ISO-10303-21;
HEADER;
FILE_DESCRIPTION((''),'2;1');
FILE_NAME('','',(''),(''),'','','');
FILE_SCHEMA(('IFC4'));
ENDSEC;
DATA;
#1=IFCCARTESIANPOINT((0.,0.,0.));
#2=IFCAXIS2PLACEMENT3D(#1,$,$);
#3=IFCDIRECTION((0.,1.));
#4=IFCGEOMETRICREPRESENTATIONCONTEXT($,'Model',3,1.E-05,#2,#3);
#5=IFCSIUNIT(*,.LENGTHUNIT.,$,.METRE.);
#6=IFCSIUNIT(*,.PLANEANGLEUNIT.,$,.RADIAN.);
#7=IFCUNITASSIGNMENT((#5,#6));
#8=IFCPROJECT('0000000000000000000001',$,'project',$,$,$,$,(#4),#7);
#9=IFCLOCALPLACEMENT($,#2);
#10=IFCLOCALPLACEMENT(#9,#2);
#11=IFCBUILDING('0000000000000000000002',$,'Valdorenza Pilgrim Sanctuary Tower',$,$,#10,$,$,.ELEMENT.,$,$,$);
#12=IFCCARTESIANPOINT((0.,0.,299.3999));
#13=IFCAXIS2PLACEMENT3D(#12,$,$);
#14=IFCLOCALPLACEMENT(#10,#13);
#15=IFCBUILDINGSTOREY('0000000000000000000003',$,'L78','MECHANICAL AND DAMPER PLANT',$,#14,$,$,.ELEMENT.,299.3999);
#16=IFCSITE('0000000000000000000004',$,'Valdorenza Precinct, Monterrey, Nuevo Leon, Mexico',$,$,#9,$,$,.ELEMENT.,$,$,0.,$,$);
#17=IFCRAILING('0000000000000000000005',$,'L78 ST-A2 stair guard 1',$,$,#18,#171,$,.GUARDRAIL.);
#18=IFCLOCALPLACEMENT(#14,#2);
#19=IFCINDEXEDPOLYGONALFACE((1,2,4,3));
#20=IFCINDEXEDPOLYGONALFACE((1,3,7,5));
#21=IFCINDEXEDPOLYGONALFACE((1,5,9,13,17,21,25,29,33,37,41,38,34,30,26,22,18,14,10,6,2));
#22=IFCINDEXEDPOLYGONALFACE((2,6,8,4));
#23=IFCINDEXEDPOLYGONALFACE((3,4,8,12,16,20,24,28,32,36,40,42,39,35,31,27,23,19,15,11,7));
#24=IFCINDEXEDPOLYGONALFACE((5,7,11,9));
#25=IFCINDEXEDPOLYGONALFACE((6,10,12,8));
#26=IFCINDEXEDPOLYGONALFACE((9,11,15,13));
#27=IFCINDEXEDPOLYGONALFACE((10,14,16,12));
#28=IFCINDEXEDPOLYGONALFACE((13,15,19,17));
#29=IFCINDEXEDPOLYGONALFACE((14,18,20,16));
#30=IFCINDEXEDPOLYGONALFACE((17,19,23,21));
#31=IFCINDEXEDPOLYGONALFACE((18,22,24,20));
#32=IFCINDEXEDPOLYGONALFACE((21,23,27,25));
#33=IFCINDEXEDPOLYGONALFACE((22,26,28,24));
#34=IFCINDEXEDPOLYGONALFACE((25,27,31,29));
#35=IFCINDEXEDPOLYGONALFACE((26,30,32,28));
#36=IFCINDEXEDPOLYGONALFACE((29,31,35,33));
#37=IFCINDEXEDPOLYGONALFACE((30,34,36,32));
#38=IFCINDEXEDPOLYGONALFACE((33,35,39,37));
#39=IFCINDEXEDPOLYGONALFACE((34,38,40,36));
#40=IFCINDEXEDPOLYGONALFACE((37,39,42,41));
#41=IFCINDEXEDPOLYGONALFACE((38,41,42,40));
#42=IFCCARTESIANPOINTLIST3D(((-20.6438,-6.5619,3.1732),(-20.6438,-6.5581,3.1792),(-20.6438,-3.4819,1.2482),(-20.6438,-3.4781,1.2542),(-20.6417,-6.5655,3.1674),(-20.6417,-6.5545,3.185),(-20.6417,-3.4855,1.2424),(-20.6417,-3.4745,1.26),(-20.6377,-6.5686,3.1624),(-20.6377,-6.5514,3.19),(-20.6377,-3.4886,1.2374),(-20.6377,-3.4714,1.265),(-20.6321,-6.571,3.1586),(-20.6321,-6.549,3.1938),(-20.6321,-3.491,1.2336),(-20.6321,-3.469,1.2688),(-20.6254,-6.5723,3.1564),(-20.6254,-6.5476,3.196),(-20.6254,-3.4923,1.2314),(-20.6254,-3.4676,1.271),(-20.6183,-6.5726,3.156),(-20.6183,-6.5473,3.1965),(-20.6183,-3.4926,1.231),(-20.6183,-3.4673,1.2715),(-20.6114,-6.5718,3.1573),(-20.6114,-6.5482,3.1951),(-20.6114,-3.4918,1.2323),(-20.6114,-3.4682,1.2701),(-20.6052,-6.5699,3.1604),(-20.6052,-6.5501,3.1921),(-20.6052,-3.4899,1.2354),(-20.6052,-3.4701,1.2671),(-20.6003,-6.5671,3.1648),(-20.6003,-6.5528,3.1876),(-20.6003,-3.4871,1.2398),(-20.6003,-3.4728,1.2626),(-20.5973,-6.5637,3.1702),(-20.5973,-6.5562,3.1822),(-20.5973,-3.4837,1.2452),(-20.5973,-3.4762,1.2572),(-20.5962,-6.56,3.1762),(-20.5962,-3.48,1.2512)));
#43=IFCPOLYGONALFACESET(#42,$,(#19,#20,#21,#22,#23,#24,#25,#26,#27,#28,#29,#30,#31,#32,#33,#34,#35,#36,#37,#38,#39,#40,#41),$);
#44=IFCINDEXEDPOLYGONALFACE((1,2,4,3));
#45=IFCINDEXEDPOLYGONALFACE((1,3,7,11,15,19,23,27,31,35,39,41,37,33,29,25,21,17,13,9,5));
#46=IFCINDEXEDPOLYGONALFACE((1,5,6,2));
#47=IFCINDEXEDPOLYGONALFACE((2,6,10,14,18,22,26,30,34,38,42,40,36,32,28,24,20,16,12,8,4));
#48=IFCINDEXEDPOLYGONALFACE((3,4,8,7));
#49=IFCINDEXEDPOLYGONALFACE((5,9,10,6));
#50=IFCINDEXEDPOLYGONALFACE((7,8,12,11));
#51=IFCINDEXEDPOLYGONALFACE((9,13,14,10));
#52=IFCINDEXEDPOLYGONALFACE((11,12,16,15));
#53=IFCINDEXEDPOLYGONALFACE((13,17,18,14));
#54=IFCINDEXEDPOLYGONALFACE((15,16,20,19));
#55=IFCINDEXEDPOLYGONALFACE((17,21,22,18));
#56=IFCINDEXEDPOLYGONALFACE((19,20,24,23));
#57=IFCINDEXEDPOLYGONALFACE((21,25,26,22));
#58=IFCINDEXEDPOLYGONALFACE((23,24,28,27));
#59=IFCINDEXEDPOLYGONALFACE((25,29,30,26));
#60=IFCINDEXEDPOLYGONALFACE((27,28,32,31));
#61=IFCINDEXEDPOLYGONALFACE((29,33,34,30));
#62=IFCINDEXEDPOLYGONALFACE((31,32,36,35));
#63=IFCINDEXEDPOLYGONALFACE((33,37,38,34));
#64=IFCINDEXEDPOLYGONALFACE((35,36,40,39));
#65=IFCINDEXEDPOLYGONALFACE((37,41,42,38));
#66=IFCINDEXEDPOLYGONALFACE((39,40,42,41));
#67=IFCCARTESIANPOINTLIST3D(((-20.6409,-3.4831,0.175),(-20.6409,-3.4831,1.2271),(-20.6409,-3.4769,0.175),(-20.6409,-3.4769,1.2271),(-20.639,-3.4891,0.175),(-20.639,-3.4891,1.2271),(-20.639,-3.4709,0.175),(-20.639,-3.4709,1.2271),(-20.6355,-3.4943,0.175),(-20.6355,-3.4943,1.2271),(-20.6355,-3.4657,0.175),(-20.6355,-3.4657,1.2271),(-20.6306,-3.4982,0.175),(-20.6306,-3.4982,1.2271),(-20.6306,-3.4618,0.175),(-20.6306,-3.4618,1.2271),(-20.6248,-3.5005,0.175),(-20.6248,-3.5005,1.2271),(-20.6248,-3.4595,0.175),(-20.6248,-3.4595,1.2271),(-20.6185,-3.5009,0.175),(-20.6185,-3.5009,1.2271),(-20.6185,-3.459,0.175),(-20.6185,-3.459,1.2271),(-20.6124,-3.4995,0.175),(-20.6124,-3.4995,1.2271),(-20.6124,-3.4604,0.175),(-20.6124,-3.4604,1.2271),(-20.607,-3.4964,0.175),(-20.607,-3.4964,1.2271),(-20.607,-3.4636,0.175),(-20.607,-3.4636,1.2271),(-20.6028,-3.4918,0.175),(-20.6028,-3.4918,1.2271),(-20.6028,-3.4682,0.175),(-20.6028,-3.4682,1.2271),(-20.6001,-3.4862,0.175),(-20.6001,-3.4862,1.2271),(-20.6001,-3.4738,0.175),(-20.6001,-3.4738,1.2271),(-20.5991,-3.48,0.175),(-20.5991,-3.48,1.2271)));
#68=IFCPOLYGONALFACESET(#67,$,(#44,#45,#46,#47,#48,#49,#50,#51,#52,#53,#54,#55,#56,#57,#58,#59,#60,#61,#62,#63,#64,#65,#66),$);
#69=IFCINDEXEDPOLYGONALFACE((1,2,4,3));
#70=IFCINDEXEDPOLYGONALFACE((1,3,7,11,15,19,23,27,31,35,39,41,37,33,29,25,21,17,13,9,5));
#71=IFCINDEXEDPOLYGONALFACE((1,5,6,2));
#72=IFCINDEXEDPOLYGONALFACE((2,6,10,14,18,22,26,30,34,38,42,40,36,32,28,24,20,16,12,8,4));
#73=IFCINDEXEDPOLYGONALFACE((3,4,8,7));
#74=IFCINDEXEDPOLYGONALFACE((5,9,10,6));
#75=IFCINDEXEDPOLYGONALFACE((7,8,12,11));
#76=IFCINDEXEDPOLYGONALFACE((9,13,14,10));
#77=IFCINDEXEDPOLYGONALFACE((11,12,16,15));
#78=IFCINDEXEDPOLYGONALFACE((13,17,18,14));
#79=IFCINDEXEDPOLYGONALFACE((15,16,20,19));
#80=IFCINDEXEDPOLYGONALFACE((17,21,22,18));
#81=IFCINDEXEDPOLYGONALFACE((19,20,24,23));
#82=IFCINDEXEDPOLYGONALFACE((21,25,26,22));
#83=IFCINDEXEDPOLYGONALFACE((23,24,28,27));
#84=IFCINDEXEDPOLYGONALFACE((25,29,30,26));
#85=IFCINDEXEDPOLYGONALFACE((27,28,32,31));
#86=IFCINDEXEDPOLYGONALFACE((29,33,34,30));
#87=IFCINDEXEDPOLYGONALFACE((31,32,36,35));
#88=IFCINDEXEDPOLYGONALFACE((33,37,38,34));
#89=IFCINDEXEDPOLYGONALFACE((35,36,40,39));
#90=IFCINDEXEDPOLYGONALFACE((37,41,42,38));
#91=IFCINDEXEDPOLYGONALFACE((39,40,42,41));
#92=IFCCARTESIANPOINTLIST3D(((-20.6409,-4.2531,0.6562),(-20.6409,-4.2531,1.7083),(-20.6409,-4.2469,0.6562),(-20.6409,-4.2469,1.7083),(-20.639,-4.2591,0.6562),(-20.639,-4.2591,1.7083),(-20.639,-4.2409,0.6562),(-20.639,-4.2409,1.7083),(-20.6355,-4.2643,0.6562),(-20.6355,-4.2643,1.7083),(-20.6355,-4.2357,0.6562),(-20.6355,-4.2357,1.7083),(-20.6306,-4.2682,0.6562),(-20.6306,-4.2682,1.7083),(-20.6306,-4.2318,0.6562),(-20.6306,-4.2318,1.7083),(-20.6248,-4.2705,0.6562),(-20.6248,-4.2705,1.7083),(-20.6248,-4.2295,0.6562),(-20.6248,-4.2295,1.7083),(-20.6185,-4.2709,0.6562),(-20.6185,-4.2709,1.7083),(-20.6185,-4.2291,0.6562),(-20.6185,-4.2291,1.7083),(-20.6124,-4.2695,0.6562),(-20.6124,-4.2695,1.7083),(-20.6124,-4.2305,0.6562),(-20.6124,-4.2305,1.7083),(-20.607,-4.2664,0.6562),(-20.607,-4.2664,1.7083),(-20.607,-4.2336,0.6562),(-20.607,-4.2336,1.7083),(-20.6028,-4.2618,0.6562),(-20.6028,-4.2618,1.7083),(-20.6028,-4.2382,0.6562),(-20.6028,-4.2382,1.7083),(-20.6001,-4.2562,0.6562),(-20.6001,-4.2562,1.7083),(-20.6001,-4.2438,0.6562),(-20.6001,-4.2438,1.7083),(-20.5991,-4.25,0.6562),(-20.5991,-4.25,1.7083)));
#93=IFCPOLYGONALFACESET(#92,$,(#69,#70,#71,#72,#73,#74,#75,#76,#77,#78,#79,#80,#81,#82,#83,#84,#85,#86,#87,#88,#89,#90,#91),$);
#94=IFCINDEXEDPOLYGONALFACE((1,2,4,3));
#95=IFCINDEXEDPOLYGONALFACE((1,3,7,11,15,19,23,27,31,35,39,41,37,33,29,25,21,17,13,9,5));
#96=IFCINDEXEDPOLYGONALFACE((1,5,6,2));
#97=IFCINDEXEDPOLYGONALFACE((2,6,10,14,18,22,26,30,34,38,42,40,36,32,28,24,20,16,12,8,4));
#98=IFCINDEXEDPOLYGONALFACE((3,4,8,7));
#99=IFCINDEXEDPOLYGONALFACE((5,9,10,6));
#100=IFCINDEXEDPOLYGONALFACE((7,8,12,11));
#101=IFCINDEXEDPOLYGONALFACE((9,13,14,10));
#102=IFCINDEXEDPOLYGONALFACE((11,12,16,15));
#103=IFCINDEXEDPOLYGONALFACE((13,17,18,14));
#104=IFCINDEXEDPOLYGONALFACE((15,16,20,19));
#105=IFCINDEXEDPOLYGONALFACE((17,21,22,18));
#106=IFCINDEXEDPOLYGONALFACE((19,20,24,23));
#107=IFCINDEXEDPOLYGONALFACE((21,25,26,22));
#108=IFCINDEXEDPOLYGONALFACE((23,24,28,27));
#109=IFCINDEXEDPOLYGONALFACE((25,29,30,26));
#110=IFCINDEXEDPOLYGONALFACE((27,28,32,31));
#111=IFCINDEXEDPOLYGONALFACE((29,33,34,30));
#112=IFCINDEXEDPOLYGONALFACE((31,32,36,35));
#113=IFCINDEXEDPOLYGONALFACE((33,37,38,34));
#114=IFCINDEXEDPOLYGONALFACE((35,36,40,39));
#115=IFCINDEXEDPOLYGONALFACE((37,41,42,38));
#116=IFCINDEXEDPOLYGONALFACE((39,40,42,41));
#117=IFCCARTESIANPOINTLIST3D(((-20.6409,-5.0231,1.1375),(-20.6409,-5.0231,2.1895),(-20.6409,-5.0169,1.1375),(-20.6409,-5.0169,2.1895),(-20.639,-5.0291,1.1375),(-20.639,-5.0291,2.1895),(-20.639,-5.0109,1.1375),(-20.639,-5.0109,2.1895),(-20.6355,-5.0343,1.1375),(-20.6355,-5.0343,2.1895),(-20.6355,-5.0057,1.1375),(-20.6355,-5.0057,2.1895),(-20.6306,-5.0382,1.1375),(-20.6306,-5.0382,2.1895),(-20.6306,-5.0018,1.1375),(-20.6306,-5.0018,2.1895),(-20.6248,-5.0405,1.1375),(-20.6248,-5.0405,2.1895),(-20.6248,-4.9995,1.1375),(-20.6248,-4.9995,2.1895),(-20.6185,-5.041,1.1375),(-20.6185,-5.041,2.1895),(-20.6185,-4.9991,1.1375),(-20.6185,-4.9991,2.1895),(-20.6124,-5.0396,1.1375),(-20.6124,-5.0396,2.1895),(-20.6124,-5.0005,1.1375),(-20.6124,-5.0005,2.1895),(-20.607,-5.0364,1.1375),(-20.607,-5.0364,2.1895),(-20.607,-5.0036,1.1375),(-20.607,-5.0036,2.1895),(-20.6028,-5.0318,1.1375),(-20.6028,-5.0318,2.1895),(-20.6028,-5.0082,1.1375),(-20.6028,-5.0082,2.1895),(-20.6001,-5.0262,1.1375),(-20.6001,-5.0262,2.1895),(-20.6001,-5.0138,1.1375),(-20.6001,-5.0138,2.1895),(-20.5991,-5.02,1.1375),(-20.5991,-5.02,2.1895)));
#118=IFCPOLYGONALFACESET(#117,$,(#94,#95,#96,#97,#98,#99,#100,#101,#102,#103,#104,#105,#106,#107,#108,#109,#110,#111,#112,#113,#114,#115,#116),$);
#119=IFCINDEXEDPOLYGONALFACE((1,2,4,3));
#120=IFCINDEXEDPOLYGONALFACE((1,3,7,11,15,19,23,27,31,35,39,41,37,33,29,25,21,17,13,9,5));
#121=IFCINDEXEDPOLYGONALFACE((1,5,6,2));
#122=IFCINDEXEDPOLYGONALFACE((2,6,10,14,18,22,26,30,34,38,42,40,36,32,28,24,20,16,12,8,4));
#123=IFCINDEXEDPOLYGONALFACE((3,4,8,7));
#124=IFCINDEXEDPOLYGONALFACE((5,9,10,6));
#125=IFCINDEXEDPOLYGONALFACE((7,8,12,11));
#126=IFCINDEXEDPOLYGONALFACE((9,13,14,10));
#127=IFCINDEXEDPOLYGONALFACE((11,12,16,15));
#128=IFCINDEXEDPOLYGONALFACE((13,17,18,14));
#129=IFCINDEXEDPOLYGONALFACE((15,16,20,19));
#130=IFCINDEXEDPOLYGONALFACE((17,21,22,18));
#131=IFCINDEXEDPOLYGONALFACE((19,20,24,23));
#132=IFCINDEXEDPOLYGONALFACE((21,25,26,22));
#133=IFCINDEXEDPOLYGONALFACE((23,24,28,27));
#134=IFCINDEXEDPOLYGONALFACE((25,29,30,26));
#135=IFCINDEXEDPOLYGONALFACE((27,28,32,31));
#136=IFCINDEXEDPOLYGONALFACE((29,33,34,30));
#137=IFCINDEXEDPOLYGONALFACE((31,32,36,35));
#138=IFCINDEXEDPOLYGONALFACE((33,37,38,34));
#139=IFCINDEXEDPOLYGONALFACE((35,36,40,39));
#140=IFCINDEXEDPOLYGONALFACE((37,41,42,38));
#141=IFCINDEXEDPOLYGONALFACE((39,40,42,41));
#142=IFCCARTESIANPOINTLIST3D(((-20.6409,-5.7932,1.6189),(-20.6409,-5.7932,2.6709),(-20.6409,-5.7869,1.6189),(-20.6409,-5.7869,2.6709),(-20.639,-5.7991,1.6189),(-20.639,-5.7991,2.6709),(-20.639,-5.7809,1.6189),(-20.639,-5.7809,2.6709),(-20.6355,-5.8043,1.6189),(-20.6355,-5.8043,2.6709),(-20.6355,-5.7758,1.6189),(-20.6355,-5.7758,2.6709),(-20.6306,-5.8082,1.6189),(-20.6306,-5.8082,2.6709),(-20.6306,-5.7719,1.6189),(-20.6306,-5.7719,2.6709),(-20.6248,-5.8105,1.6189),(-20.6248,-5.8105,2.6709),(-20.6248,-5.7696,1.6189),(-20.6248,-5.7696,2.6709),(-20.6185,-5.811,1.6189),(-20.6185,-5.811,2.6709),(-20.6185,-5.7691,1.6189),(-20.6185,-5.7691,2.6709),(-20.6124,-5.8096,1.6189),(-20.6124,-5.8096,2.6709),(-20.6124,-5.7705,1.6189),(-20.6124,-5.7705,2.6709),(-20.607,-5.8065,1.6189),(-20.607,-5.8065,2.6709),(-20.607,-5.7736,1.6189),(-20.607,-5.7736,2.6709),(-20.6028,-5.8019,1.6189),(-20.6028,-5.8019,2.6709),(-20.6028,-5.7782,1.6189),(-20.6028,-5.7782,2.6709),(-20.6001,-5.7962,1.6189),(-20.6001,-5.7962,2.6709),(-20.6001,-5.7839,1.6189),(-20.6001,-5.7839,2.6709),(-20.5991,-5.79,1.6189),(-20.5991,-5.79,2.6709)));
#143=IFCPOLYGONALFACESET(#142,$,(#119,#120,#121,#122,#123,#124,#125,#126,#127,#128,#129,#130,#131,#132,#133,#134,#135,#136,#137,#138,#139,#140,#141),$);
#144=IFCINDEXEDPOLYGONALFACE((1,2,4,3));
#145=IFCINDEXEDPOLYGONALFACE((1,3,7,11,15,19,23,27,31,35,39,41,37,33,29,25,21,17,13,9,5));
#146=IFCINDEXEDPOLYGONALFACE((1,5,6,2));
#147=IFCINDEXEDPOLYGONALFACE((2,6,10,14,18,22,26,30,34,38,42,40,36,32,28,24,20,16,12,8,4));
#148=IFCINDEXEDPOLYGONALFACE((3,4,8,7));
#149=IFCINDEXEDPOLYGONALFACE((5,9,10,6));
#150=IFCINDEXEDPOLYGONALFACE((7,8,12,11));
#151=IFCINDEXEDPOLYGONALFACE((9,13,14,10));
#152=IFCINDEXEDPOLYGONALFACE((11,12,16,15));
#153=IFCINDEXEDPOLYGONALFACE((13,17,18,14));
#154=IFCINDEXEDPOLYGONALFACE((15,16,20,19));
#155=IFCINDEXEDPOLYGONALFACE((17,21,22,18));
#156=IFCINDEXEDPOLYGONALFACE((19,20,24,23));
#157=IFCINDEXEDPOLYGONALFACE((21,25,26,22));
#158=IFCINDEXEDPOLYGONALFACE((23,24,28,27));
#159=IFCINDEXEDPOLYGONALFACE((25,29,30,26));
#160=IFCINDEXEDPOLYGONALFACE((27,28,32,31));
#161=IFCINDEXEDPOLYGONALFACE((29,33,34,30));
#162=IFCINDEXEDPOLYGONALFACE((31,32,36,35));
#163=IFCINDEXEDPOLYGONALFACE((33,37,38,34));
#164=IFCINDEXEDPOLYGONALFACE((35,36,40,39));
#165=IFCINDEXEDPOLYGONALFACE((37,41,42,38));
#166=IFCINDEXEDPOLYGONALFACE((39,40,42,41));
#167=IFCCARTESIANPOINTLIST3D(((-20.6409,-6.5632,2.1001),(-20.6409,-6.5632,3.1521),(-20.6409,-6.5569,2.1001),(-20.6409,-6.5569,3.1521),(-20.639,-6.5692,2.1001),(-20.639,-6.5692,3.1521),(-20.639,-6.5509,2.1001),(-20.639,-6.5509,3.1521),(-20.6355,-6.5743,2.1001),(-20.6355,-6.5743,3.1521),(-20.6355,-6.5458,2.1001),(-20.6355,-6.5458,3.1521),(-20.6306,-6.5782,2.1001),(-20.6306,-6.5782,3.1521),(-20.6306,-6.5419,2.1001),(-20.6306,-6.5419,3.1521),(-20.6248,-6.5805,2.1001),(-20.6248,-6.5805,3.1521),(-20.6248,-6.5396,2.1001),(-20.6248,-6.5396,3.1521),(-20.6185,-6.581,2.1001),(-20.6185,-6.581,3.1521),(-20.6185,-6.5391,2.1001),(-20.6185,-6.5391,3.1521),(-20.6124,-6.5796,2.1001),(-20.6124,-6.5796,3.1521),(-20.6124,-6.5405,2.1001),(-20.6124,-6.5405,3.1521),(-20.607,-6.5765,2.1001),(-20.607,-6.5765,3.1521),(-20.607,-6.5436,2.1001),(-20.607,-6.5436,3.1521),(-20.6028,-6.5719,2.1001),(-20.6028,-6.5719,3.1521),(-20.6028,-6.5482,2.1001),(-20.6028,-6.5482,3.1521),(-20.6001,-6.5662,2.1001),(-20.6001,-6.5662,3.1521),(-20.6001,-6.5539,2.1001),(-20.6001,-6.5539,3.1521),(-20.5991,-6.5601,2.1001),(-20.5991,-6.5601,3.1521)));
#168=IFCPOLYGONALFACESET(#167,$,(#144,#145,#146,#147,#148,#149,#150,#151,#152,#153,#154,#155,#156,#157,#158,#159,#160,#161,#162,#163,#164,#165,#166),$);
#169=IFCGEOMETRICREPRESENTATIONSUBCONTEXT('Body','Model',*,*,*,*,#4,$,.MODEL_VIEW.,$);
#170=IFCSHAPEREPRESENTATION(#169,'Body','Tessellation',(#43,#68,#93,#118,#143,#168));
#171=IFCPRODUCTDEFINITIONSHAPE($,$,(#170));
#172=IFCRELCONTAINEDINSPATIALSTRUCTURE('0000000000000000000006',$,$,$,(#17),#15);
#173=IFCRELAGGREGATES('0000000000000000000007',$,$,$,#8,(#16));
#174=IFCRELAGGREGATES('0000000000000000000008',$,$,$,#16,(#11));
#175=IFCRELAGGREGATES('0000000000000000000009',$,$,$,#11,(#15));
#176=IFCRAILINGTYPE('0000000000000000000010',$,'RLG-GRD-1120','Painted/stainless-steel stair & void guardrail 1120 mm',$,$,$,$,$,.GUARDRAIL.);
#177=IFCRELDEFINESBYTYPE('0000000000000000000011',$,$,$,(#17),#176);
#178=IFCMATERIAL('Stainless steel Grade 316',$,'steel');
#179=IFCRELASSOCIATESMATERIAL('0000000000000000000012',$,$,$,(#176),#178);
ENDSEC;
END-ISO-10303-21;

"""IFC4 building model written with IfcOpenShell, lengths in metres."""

from ifc_helpers import new_model, si_unit, direction, frame, origin, origin_2d, place, context, subcontext, project, spatial, circle, extrude, material, type_object, element, save


model = new_model("IFC4")

# Units and contexts
model_context = context("Model", 3, precision=1e-05, world=origin(), true_north=direction((0.0, 1.0)))
body_context = subcontext(model_context, "Body", "Model", "MODEL_VIEW")
ifc_project = project(units=[si_unit("LENGTHUNIT", "METRE"), si_unit("PLANEANGLEUNIT", "RADIAN")], contexts=[model_context])

# Site, building, storey
site_placement = place(None, origin())
site = spatial("IfcSite", under=ifc_project, at=site_placement, Name="Valdorenza Precinct, Monterrey, Nuevo Leon, Mexico", CompositionType="ELEMENT", RefElevation=0.0)
building_placement = place(site_placement, origin())
building = spatial("IfcBuilding", under=site, at=building_placement, Name="Valdorenza Pilgrim Sanctuary Tower", CompositionType="ELEMENT")
storey_placement = place(building_placement, frame((0.0, 0.0, 299.3999)))
storey = spatial("IfcBuildingStorey", under=building, at=storey_placement, Name="L78", Description="MECHANICAL AND DAMPER PLANT", CompositionType="ELEMENT", Elevation=299.3999)

# Railing
ifc_material_1 = material(Name="Stainless steel Grade 316", Category="steel")
railing_type_1 = type_object("IfcRailingType", Name="RLG-GRD-1120", Description="Painted/stainless-steel stair & void guardrail 1120 mm", PredefinedType="GUARDRAIL", material=ifc_material_1)
railing_1_placement = place(storey_placement, frame((-20.6201, -3.48, 0.175)))
element("IfcRailing", 1, at=railing_1_placement, inside=storey, type_object=railing_type_1, Name="L78 ST-A2 stair guard 1", PredefinedType="GUARDRAIL", context=body_context, shape_type="SweptSolid", body=[
    extrude(circle(Radius=0.0239, at=origin_2d()), frame((0.0, 0.0, 1.0762), z_axis=(0.0, -0.847998, 0.529999), x_axis=(1.0, 0.0, 0.0)), (0.0, 0.0, 1.0), 3.6321),
    extrude(circle(Radius=0.021, at=origin_2d()), origin(), (0.0, 0.0, 1.0), 1.052),
    extrude(circle(Radius=0.021, at=origin_2d()), frame((0.0, -0.77, 0.4812)), (0.0, 0.0, 1.0), 1.052),
    extrude(circle(Radius=0.021, at=origin_2d()), frame((0.0, -1.54, 0.9624)), (0.0, 0.0, 1.0), 1.052),
    extrude(circle(Radius=0.021, at=origin_2d()), frame((0.0, -2.3101, 1.4438)), (0.0, 0.0, 1.0), 1.052),
    extrude(circle(Radius=0.021, at=origin_2d()), frame((0.0, -3.0801, 1.925)), (0.0, 0.0, 1.0), 1.052),
])

save(model, "model.ifc")
